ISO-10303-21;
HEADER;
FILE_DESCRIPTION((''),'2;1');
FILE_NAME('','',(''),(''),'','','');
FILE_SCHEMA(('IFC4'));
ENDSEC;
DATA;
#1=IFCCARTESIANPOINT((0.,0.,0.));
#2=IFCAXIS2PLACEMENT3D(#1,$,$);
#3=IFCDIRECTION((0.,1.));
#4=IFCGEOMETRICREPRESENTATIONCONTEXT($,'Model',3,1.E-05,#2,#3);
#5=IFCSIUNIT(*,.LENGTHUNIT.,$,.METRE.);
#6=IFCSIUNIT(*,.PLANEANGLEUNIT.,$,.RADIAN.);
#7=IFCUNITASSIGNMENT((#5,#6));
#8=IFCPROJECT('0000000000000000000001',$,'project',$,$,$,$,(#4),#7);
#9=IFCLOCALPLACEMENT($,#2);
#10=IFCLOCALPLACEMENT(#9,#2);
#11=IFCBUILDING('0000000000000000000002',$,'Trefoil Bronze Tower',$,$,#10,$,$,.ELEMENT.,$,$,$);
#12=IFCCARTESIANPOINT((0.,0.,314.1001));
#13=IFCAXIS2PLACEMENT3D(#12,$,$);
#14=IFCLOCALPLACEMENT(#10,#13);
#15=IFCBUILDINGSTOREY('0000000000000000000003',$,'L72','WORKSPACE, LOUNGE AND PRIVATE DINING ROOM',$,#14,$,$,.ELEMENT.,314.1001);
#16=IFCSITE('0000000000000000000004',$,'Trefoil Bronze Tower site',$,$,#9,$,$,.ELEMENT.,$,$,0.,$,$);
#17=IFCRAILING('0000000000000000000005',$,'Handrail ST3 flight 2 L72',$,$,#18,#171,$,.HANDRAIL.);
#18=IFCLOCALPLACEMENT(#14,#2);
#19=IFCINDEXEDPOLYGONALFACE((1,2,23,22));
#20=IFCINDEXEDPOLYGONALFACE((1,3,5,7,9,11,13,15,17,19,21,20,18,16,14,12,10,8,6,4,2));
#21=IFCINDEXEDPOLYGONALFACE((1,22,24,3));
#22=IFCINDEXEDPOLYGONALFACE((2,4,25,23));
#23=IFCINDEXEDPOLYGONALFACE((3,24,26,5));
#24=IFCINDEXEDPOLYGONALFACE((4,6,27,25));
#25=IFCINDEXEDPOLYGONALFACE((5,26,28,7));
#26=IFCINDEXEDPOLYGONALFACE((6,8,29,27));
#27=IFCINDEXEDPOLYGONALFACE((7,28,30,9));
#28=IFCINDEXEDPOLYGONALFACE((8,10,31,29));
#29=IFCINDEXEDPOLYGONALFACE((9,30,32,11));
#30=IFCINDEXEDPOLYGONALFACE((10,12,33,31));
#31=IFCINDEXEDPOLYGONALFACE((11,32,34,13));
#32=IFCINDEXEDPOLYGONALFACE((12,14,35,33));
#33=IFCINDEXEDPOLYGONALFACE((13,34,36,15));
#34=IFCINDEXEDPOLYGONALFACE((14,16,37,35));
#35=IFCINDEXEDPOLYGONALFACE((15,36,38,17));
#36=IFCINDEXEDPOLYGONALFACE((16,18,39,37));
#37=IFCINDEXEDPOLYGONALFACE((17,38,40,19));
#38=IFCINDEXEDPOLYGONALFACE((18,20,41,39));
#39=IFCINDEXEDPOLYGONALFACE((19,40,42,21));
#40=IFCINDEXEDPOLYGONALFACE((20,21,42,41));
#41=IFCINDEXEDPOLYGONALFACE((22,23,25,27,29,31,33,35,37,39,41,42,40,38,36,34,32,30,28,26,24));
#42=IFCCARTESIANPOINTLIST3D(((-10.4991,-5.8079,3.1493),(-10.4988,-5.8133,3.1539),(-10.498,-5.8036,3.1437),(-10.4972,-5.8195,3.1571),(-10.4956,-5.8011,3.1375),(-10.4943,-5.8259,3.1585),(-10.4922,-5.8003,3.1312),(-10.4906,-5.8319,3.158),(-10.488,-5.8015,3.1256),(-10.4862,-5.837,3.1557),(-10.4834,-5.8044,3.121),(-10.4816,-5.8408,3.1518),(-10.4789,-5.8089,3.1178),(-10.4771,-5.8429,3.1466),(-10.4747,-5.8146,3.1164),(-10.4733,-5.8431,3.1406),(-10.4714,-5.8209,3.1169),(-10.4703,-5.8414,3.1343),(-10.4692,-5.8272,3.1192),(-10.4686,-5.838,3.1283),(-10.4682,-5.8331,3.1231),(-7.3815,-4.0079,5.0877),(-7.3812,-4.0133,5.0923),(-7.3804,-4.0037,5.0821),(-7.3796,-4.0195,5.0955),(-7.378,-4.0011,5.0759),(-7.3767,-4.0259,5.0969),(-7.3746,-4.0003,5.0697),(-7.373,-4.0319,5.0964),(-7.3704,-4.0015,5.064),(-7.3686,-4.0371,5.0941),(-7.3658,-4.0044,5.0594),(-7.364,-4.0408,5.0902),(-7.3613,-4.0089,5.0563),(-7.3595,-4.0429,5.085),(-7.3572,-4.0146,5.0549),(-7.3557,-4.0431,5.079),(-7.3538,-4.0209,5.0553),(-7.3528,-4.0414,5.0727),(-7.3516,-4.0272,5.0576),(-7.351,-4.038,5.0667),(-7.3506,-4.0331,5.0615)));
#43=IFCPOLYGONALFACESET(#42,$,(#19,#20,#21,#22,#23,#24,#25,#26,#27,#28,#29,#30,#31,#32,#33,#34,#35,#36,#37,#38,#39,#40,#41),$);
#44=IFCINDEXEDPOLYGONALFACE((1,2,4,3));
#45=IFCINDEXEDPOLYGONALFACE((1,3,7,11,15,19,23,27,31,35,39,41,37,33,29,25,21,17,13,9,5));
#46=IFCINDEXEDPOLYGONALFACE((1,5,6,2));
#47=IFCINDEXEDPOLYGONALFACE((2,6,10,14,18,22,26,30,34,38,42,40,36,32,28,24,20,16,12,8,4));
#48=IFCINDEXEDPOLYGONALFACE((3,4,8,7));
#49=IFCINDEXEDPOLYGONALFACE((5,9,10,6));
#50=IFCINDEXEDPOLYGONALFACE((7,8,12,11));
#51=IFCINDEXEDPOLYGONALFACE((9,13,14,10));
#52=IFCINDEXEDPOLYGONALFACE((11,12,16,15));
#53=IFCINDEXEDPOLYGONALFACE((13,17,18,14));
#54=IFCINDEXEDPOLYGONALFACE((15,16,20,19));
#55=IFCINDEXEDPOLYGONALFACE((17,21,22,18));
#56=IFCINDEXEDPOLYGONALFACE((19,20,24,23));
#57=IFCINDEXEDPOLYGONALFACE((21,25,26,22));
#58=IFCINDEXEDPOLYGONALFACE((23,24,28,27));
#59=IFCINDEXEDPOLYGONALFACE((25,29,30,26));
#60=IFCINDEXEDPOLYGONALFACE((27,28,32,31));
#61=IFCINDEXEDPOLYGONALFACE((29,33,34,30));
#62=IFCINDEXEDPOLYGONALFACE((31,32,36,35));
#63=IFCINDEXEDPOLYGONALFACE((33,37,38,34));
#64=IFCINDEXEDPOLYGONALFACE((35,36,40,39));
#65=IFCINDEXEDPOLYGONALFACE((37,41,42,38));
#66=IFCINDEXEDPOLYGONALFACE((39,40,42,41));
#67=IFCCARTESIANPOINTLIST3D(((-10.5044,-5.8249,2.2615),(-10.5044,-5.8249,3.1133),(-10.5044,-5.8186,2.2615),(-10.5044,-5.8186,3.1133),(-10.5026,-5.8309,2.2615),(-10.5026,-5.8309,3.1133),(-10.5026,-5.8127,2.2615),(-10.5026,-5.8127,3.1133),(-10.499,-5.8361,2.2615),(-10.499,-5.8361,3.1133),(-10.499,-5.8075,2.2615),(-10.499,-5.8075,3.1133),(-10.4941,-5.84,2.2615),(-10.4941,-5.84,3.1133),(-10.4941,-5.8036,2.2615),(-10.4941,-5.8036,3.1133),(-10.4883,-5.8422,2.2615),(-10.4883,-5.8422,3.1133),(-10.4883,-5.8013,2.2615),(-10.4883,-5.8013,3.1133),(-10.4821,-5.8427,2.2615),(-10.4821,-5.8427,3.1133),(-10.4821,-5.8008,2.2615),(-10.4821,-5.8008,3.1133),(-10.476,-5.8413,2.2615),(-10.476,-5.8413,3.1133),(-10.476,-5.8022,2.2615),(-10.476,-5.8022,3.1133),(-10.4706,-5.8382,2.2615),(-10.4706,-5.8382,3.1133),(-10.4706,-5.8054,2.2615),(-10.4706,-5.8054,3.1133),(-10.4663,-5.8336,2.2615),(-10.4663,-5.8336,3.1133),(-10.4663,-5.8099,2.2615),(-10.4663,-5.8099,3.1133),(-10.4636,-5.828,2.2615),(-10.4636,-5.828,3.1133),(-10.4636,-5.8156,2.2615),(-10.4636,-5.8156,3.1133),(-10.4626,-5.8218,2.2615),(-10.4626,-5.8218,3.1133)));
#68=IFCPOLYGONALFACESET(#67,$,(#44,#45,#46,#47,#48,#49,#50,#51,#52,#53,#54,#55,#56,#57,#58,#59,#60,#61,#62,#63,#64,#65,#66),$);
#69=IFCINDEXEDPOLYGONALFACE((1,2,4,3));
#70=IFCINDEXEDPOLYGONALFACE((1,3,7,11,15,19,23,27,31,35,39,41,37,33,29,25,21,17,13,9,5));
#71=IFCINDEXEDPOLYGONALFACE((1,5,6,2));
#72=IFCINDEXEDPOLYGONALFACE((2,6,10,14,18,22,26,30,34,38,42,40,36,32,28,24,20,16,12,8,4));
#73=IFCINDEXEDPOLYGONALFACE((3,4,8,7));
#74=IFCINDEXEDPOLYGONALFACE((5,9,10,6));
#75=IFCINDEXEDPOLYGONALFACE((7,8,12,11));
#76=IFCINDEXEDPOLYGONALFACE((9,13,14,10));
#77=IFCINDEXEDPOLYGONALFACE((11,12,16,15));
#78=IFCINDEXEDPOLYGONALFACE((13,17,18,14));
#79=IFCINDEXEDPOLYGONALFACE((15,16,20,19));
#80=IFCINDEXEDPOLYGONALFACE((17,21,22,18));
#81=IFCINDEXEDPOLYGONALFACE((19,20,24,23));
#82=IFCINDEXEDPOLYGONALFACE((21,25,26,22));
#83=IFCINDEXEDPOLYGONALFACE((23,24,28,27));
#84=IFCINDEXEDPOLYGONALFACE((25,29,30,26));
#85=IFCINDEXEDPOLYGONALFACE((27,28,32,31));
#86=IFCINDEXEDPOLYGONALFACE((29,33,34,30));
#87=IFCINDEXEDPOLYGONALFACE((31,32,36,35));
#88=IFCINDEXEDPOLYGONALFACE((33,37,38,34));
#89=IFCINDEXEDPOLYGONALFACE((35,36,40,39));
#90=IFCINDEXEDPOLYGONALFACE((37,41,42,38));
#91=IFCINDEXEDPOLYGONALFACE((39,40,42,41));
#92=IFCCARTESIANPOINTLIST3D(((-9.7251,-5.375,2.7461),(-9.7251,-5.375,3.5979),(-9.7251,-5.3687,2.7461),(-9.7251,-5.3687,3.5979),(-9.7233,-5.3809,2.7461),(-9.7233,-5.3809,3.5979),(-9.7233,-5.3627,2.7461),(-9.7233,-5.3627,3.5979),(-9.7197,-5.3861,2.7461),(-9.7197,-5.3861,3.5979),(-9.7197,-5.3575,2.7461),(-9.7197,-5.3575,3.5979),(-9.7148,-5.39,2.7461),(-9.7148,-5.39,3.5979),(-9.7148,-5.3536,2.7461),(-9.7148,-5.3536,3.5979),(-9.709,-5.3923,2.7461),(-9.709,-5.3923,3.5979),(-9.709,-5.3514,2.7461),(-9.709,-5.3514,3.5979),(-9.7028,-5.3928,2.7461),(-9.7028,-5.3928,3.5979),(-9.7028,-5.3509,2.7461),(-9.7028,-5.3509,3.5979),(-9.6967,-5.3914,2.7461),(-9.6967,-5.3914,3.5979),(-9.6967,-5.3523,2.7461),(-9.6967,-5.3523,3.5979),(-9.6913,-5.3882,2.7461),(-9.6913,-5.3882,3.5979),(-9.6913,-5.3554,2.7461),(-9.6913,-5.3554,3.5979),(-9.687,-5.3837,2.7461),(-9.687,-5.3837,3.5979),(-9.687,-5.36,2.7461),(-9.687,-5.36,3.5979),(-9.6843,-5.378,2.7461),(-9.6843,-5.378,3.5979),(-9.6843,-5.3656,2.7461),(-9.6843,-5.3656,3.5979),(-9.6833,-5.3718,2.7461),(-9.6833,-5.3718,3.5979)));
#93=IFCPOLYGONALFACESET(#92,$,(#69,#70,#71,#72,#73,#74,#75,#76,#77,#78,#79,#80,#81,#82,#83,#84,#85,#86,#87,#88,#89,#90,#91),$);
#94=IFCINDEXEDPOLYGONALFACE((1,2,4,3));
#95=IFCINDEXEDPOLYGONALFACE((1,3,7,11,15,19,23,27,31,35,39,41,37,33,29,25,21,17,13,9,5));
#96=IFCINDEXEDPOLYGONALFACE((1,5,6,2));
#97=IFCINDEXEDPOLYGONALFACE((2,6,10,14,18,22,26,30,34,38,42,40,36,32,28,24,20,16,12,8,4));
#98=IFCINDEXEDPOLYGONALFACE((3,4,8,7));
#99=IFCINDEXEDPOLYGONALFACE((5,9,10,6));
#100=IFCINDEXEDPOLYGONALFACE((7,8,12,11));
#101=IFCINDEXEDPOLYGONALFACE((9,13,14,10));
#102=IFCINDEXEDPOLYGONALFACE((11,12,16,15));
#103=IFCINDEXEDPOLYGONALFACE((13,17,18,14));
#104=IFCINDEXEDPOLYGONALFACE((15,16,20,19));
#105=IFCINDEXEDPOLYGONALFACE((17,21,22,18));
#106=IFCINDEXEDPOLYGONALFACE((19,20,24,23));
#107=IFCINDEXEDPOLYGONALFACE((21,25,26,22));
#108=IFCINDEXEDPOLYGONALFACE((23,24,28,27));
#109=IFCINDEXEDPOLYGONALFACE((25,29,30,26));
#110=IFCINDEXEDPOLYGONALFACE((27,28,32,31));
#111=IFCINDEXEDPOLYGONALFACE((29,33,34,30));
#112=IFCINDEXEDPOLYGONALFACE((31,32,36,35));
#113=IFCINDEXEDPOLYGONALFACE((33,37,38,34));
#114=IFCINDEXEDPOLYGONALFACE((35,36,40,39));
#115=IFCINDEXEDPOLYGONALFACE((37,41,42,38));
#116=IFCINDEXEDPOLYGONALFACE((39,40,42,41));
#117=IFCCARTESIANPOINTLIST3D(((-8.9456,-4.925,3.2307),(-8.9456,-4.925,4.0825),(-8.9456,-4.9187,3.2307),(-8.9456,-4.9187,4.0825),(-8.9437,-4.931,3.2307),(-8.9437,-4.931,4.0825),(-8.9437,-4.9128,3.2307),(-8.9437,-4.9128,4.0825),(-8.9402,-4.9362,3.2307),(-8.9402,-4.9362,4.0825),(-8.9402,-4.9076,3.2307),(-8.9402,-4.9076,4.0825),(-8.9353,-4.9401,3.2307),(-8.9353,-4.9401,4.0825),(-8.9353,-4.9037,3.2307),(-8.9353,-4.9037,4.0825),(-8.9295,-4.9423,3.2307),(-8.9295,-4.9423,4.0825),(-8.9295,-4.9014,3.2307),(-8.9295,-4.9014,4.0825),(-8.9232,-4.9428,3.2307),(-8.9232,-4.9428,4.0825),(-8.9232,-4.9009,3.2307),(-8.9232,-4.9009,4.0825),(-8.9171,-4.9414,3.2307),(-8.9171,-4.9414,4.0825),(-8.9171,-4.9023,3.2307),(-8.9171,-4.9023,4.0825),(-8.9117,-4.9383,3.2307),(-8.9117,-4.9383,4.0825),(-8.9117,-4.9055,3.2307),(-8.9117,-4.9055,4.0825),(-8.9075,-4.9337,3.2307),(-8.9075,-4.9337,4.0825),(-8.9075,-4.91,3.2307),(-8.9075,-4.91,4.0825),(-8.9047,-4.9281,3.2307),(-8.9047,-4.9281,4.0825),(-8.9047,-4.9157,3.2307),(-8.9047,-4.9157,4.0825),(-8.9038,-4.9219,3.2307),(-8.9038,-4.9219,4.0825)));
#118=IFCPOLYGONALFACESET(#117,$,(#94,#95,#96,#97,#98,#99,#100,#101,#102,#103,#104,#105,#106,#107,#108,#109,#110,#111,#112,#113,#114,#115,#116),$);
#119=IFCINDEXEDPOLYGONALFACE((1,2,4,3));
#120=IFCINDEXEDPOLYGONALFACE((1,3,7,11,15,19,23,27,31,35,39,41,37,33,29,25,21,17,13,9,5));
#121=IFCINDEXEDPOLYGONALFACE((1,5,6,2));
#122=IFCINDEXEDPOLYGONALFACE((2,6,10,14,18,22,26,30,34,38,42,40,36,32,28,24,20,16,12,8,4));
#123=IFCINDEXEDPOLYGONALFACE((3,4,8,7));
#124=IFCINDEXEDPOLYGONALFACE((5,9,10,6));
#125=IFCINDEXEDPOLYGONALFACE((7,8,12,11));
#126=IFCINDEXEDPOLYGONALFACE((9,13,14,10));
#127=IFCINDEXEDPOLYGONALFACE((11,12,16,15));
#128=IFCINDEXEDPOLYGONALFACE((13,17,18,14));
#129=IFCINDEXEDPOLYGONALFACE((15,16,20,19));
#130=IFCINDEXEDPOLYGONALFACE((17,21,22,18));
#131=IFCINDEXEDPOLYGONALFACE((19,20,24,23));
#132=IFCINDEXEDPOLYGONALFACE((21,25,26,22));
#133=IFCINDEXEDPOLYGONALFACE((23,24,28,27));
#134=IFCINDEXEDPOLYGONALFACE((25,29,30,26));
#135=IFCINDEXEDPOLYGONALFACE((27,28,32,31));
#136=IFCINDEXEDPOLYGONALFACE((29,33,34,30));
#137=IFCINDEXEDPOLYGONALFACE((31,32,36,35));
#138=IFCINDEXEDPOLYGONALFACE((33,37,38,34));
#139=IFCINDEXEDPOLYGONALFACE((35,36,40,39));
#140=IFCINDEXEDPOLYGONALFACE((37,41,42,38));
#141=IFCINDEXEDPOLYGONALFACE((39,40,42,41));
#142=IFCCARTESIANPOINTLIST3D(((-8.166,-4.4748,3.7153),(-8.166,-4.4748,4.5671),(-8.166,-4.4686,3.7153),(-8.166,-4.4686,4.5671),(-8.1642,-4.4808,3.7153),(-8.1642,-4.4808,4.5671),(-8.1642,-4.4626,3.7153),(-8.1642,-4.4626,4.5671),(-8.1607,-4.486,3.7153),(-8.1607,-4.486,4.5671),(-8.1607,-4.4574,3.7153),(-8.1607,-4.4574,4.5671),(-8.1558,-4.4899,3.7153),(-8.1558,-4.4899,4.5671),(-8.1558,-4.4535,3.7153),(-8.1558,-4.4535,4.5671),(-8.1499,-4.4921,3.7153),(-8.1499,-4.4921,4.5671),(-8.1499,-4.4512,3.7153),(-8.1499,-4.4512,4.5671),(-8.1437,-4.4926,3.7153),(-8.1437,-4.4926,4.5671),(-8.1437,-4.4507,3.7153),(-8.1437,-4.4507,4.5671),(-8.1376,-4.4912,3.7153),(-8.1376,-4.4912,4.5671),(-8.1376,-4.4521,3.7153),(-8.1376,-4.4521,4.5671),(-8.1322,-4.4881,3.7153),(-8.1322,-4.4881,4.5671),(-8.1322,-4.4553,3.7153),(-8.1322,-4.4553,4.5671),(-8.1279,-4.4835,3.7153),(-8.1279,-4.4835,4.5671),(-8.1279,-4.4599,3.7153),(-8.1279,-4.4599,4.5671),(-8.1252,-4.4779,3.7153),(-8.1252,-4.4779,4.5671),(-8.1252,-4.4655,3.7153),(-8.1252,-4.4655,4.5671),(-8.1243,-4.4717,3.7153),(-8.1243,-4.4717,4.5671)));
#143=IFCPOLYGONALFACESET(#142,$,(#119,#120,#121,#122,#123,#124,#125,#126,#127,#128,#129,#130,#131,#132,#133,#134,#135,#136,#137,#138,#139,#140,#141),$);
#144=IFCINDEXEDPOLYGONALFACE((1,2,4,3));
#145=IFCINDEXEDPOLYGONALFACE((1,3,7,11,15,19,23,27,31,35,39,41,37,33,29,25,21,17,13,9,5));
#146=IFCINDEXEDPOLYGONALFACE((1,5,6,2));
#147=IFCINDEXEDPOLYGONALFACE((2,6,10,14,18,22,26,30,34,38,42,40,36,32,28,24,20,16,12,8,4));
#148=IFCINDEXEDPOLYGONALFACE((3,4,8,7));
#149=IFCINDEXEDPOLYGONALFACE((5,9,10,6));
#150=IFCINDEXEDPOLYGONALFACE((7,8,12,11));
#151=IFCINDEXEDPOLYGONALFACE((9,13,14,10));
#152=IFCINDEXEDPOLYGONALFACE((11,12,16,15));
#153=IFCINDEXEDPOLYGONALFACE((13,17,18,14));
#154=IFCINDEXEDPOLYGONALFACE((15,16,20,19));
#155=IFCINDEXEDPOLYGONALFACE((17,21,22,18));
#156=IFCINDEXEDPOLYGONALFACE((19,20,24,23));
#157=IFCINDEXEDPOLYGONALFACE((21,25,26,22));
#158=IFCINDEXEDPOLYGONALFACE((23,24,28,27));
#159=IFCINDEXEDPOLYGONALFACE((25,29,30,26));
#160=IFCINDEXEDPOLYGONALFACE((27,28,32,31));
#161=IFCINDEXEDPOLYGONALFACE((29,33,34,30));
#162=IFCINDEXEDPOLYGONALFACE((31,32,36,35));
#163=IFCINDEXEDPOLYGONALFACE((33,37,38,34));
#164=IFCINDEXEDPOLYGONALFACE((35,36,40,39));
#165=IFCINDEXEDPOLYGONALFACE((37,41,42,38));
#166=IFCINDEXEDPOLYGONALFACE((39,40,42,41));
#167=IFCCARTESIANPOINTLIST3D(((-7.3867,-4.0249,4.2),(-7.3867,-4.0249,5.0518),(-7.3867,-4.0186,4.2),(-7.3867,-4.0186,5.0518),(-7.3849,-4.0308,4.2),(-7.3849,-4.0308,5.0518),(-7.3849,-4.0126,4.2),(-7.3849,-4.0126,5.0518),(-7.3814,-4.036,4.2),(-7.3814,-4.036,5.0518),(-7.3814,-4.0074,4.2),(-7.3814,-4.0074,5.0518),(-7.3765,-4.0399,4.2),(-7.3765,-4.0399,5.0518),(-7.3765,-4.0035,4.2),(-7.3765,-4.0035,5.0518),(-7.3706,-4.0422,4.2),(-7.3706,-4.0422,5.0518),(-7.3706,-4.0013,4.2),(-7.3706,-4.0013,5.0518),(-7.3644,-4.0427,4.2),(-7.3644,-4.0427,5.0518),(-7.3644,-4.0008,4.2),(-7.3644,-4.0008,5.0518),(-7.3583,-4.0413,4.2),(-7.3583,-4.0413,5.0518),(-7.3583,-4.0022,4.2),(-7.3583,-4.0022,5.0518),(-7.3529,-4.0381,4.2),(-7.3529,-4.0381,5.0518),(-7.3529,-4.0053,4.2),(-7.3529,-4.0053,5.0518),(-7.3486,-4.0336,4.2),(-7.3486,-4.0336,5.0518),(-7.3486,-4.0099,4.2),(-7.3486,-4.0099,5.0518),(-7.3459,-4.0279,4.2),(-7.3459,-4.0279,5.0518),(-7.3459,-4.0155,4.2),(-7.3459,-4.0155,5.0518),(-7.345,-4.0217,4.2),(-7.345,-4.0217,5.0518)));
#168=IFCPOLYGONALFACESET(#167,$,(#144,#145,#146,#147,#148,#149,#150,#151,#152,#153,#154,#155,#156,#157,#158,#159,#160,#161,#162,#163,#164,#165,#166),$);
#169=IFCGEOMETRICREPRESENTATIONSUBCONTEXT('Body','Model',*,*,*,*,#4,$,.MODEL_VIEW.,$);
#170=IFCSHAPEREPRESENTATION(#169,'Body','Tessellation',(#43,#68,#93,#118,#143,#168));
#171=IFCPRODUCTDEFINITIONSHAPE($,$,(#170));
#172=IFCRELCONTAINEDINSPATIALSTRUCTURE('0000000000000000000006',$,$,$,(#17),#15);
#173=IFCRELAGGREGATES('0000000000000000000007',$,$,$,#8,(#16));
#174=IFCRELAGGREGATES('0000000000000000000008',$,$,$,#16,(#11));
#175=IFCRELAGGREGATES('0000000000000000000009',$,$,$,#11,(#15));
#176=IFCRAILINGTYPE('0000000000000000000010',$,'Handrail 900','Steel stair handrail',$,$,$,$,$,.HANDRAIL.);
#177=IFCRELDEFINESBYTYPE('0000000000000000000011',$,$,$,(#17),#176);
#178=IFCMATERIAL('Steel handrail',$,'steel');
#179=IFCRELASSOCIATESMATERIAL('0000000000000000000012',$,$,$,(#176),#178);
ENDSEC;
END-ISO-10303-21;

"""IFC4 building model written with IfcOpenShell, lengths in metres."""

from ifc_helpers import new_model, si_unit, direction, frame, origin, origin_2d, place, context, subcontext, project, spatial, circle, extrude, material, type_object, element, save


model = new_model("IFC4")

# Units and contexts
model_context = context("Model", 3, precision=1e-05, world=origin(), true_north=direction((0.0, 1.0)))
body_context = subcontext(model_context, "Body", "Model", "MODEL_VIEW")
ifc_project = project(units=[si_unit("LENGTHUNIT", "METRE"), si_unit("PLANEANGLEUNIT", "RADIAN")], contexts=[model_context])

# Site, building, storey
site_placement = place(None, origin())
site = spatial("IfcSite", under=ifc_project, at=site_placement, Name="Trefoil Bronze Tower site", CompositionType="ELEMENT", RefElevation=0.0)
building_placement = place(site_placement, origin())
building = spatial("IfcBuilding", under=site, at=building_placement, Name="Trefoil Bronze Tower", CompositionType="ELEMENT")
storey_placement = place(building_placement, frame((0.0, 0.0, 314.1001)))
storey = spatial("IfcBuildingStorey", under=building, at=storey_placement, Name="L72", Description="WORKSPACE, LOUNGE AND PRIVATE DINING ROOM", CompositionType="ELEMENT", Elevation=314.1001)

# Railing
ifc_material_1 = material(Name="Steel handrail", Category="steel")
railing_type = type_object("IfcRailingType", Name="Handrail 900", Description="Steel stair handrail", PredefinedType="HANDRAIL", material=ifc_material_1)
railing_placement = place(storey_placement, frame((-10.4836, -5.8218, 2.2615)))
element("IfcRailing", 1, at=railing_placement, inside=storey, type_object=railing_type, Name="Handrail ST3 flight 2 L72", PredefinedType="HANDRAIL", context=body_context, shape_type="SweptSolid", body=[
    extrude(circle(Radius=0.0239, at=origin_2d()), frame((0.0, 0.0, 0.876), z_axis=(0.762503, 0.440246, 0.474102), x_axis=(-0.500012, 0.866018, 0.0)), (0.0, 0.0, 1.0), 4.0886),
    extrude(circle(Radius=0.021, at=origin_2d()), origin(), (0.0, 0.0, 1.0), 0.8518),
    extrude(circle(Radius=0.021, at=origin_2d()), frame((0.7793, 0.45, 0.4846)), (0.0, 0.0, 1.0), 0.8518),
    extrude(circle(Radius=0.021, at=origin_2d()), frame((1.5588, 0.8999, 0.9692)), (0.0, 0.0, 1.0), 0.8518),
    extrude(circle(Radius=0.021, at=origin_2d()), frame((2.3384, 1.3501, 1.4539)), (0.0, 0.0, 1.0), 0.8518),
    extrude(circle(Radius=0.021, at=origin_2d()), frame((3.1177, 1.8, 1.9385)), (0.0, 0.0, 1.0), 0.8518),
])

save(model, "model.ifc")
